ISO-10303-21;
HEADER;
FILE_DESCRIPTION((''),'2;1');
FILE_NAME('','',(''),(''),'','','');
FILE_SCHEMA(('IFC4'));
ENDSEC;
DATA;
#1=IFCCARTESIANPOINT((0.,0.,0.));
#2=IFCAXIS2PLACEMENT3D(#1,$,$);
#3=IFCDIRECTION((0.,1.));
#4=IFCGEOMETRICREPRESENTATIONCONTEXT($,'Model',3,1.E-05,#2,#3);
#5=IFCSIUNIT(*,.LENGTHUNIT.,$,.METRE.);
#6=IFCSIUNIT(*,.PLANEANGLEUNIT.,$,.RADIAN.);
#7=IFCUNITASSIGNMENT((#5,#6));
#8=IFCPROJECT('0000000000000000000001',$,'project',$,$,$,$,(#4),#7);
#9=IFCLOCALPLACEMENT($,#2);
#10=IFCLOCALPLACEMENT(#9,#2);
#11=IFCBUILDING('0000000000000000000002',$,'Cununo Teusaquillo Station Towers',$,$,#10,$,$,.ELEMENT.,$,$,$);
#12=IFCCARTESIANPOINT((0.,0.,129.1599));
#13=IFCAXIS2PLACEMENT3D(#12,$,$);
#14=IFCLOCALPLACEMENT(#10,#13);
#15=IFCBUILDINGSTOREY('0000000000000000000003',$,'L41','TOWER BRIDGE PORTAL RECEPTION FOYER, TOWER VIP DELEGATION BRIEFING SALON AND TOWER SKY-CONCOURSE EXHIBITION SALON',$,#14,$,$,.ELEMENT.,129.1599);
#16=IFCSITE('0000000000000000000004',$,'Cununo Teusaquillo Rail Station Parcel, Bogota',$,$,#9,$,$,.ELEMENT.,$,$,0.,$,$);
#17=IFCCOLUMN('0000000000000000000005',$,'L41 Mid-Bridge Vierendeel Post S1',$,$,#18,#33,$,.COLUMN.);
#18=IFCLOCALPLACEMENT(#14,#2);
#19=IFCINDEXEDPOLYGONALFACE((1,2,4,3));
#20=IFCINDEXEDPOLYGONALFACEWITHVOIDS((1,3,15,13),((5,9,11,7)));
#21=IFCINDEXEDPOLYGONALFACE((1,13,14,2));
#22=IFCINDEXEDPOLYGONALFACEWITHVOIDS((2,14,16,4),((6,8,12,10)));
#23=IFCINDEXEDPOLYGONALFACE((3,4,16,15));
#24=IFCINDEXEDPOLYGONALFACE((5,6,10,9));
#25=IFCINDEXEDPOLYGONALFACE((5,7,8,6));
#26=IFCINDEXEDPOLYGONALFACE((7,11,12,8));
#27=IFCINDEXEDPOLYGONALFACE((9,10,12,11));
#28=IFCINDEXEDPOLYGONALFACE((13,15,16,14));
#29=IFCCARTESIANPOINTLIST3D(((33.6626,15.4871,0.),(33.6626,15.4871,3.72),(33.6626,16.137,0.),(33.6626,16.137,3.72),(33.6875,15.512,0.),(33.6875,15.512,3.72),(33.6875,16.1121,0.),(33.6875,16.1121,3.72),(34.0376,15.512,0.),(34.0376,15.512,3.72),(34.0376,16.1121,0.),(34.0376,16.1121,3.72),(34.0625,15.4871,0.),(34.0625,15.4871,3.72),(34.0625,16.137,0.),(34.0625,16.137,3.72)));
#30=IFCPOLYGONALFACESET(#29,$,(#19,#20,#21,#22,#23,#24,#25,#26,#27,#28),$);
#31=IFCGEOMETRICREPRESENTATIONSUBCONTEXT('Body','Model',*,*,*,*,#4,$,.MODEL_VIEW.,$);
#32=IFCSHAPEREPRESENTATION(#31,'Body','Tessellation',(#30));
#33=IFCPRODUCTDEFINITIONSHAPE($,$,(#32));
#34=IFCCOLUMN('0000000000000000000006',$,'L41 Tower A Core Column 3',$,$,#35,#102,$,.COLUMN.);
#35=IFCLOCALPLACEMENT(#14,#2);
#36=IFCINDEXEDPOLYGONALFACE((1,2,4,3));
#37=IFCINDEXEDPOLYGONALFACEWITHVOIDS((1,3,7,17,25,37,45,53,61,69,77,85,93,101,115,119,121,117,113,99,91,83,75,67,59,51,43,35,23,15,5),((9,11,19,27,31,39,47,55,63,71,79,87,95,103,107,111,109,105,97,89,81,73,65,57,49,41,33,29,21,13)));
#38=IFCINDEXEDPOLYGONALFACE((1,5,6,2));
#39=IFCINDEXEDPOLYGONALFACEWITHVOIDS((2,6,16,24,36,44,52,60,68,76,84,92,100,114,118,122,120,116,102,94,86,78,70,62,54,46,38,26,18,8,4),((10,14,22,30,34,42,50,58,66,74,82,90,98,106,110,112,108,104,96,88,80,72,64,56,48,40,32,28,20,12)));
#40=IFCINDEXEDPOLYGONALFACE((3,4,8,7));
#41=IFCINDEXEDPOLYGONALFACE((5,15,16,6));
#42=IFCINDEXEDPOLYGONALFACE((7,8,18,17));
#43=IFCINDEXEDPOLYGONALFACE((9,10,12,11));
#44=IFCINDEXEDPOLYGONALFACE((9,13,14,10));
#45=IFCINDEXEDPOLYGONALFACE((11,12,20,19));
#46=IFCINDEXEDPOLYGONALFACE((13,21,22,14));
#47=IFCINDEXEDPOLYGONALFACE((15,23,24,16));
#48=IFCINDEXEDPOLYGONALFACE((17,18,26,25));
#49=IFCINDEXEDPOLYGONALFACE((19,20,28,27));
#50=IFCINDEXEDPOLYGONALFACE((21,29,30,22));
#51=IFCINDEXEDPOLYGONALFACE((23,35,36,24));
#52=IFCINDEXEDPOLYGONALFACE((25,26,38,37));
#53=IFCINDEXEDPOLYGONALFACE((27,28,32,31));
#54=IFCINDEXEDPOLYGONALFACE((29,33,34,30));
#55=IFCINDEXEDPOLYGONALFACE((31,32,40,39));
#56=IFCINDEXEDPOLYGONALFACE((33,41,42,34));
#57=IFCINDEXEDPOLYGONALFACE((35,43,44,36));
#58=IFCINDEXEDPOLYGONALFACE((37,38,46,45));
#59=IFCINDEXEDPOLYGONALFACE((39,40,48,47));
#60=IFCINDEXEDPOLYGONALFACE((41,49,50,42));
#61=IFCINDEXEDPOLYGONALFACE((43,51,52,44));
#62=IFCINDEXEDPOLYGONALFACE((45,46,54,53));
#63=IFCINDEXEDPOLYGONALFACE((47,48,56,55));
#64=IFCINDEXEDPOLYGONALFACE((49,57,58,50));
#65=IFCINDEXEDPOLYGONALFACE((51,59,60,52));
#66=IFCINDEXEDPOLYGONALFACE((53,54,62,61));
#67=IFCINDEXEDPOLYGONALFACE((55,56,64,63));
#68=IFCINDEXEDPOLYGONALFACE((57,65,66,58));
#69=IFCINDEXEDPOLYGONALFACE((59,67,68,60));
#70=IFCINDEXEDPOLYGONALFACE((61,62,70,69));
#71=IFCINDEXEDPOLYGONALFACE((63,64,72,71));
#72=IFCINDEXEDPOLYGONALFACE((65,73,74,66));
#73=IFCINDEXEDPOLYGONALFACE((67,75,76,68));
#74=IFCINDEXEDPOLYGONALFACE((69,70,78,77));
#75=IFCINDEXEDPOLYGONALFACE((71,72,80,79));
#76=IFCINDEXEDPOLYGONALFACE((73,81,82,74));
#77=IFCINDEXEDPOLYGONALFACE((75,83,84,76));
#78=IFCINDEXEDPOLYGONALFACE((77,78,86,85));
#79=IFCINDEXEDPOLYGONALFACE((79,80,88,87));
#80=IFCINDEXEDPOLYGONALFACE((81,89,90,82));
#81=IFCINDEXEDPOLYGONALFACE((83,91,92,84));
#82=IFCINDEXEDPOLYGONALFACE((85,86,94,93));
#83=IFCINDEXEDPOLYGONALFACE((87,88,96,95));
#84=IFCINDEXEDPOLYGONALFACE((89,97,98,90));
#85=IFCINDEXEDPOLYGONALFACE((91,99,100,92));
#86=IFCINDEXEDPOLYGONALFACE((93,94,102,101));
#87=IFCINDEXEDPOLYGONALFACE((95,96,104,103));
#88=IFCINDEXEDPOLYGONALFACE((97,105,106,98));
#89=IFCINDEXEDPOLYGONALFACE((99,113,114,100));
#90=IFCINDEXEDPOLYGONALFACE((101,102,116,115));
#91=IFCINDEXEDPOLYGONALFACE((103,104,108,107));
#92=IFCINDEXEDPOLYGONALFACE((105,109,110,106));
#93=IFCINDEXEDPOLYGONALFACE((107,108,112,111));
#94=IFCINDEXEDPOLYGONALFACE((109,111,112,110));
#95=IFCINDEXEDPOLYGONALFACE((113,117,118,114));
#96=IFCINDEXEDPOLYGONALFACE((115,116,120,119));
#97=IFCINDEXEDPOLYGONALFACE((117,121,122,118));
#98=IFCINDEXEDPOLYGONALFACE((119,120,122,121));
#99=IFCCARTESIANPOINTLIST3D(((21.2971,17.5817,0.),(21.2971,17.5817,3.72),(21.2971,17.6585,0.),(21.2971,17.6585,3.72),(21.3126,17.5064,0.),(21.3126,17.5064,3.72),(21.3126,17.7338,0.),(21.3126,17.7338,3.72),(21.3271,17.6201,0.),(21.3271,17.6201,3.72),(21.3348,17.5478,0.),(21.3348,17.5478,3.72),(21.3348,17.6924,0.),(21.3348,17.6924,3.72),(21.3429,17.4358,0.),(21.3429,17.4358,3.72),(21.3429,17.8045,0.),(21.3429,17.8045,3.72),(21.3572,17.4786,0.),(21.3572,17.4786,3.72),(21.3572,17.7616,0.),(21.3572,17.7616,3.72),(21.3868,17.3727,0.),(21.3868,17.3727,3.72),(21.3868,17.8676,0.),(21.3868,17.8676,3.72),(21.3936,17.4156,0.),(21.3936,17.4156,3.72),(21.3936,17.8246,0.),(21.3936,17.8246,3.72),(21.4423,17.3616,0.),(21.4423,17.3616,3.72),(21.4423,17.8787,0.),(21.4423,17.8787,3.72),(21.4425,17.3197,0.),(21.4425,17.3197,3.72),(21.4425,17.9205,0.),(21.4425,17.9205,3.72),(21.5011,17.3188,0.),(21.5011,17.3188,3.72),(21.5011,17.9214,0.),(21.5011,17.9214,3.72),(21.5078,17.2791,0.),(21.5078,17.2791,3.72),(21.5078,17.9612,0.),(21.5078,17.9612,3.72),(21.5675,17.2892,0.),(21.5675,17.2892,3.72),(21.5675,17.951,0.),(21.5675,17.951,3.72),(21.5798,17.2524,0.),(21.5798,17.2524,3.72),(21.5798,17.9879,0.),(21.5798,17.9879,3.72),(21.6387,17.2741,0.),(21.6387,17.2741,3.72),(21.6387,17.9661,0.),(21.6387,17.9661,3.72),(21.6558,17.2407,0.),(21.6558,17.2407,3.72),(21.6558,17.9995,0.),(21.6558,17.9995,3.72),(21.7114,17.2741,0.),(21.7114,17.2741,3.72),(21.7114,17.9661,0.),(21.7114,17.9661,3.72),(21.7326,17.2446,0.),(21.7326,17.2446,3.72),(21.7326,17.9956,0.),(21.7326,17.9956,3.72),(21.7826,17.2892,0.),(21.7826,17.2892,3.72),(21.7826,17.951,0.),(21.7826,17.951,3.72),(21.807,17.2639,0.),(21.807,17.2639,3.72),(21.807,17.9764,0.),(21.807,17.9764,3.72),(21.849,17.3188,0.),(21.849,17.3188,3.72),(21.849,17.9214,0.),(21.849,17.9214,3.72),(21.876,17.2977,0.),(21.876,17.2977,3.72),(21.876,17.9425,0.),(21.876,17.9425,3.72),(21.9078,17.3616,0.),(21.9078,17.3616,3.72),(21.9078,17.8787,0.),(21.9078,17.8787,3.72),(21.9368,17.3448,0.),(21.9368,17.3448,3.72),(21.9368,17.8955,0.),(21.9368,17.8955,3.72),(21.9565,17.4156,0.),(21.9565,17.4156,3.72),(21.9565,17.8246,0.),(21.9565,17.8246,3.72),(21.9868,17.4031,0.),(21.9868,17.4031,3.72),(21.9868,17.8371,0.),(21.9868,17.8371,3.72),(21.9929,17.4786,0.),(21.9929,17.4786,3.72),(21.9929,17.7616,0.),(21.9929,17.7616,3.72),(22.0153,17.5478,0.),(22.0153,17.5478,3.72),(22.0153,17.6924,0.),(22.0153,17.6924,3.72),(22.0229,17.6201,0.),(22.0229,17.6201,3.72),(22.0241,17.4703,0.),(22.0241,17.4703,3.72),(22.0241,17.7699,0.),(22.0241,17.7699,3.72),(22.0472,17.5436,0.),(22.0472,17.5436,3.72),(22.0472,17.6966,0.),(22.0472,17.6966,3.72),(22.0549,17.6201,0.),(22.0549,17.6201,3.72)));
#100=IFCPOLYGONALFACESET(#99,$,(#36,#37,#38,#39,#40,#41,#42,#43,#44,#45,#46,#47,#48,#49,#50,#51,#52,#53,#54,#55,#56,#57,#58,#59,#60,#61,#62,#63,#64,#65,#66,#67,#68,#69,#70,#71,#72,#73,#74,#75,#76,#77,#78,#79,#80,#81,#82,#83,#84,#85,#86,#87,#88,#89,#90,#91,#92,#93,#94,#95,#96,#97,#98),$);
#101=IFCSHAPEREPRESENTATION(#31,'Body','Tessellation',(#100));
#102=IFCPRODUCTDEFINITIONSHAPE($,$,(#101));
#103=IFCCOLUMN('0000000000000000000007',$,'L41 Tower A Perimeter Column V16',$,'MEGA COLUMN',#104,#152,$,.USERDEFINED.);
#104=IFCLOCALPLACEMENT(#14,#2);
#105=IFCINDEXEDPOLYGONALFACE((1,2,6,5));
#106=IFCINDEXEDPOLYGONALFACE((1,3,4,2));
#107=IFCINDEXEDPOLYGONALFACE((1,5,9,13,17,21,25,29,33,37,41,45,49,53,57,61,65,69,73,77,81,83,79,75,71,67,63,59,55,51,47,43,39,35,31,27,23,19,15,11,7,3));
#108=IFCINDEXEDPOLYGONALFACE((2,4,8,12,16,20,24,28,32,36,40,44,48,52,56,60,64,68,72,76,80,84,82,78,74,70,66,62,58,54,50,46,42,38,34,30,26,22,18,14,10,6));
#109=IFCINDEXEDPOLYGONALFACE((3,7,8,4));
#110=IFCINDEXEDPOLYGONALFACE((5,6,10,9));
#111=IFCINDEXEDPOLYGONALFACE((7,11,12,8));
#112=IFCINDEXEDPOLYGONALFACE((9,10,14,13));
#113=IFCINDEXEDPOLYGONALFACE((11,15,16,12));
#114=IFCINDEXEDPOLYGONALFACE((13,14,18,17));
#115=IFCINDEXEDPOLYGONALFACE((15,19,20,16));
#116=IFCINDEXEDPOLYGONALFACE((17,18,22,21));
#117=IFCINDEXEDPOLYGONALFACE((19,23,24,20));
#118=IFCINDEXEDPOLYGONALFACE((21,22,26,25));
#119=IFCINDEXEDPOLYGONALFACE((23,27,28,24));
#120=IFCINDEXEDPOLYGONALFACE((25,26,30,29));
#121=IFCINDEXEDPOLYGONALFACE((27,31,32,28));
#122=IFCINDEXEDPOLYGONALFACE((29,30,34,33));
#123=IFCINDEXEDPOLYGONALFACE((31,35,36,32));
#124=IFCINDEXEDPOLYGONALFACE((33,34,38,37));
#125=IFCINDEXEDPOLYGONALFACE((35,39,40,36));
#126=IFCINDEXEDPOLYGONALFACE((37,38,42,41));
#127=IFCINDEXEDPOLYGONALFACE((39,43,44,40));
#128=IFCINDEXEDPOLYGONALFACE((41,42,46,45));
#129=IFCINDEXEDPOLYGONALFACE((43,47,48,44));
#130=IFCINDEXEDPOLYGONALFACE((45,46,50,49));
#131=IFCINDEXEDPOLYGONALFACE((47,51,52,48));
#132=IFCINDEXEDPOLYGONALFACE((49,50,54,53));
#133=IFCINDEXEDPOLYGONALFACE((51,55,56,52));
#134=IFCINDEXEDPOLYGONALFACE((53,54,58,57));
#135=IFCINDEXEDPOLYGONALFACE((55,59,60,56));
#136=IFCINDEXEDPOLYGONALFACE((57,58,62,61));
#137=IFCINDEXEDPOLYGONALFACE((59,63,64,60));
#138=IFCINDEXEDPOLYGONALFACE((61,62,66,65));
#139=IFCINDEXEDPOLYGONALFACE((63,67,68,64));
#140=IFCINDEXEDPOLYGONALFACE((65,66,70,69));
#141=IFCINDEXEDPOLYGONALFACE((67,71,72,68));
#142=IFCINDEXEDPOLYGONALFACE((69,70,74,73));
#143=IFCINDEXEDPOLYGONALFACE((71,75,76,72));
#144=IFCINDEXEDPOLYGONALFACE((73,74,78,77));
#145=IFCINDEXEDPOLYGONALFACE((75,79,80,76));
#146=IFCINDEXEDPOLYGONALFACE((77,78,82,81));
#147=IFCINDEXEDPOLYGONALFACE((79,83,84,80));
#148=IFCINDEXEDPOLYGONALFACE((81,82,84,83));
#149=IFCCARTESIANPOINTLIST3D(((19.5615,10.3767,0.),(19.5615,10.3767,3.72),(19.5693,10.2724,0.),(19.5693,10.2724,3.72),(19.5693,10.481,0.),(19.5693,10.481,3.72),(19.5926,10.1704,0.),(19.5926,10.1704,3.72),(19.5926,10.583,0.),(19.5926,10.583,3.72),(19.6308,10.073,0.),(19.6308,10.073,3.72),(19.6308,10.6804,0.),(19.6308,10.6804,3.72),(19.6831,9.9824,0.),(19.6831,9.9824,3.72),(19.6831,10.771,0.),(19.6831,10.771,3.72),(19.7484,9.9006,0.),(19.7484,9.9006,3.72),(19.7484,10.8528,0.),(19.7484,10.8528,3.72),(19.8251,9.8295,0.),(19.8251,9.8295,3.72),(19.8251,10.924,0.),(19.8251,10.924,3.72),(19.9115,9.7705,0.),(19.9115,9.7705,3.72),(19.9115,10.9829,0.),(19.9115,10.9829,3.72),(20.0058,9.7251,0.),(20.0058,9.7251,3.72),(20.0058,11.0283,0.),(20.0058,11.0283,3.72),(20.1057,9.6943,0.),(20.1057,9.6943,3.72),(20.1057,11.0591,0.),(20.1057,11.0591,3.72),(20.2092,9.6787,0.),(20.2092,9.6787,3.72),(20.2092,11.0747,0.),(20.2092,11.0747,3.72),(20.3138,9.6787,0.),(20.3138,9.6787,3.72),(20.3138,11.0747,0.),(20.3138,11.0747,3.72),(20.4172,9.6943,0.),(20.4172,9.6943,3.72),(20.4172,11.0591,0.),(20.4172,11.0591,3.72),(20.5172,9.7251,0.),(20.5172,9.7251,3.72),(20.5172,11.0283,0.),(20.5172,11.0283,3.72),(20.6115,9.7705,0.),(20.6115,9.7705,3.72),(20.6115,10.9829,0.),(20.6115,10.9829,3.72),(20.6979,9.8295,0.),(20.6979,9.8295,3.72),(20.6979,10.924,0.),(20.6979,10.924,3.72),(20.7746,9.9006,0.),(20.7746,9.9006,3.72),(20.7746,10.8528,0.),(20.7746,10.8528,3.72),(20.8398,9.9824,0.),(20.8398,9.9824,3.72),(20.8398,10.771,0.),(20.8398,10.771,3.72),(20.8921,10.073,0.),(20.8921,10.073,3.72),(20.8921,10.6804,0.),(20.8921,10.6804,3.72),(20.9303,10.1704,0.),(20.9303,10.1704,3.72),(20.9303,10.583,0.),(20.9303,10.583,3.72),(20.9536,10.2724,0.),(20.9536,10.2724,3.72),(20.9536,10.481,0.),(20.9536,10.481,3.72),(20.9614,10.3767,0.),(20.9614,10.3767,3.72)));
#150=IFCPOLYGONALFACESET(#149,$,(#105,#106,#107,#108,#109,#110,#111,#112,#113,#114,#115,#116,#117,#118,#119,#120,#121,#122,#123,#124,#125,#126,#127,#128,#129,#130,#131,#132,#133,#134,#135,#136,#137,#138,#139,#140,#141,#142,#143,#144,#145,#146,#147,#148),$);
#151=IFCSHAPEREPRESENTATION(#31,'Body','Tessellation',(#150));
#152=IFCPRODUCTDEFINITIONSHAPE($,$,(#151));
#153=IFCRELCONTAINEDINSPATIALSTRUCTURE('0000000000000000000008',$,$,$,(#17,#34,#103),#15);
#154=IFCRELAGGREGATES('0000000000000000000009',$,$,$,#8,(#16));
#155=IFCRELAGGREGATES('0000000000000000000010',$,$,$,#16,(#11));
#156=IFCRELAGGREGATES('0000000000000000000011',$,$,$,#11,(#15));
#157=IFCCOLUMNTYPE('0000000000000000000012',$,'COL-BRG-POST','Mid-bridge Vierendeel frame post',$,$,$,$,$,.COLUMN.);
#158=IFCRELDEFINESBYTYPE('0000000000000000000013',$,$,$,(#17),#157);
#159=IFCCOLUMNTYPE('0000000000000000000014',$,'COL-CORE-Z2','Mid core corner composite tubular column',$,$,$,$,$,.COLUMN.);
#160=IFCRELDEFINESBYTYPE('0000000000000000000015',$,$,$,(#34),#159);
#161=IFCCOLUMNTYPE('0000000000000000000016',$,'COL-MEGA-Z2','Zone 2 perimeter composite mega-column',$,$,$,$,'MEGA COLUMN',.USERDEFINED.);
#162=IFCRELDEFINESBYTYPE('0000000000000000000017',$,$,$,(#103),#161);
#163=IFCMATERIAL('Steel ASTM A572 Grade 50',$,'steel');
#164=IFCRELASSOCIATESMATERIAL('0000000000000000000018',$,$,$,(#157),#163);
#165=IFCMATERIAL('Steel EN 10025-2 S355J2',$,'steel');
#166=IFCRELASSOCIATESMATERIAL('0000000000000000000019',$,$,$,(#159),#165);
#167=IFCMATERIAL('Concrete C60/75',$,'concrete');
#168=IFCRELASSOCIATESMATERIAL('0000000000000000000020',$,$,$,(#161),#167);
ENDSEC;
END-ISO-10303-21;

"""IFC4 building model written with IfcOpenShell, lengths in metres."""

from ifc_helpers import new_model, si_unit, direction, frame, origin, origin_2d, place, context, subcontext, project, spatial, hollow_rectangle, circle, hollow_circle, extrude, material, material_profile, profile_set, type_object, element, save


model = new_model("IFC4")

# Units and contexts
model_context = context("Model", 3, precision=1e-05, world=origin(), true_north=direction((0.0, 1.0)))
body_context = subcontext(model_context, "Body", "Model", "MODEL_VIEW")
ifc_project = project(units=[si_unit("LENGTHUNIT", "METRE"), si_unit("PLANEANGLEUNIT", "RADIAN")], contexts=[model_context])

# Site, building, storey
site_placement = place(None, origin())
site = spatial("IfcSite", under=ifc_project, at=site_placement, Name="Cununo Teusaquillo Rail Station Parcel, Bogota", CompositionType="ELEMENT", RefElevation=0.0)
building_placement = place(site_placement, origin())
building = spatial("IfcBuilding", under=site, at=building_placement, Name="Cununo Teusaquillo Station Towers", CompositionType="ELEMENT")
storey_placement = place(building_placement, frame((0.0, 0.0, 129.1599)))
storey = spatial("IfcBuildingStorey", under=building, at=storey_placement, Name="L41", Description="TOWER BRIDGE PORTAL RECEPTION FOYER, TOWER VIP DELEGATION BRIEFING SALON AND TOWER SKY-CONCOURSE EXHIBITION SALON", CompositionType="ELEMENT", Elevation=129.1599)

# Columns
ifc_material_1 = material(Name="Steel ASTM A572 Grade 50", Category="steel")
ifc_material_profile_1 = material_profile(ifc_material_1, hollow_rectangle(XDim=0.3999, YDim=0.6499, WallThickness=0.0249, at=origin_2d()), Name="RHS 650x400x25")
ifc_profile_set_1 = profile_set([ifc_material_profile_1], Name="Steel ASTM A572 Grade 50")
column_type_1 = type_object("IfcColumnType", Name="COL-BRG-POST", Description="Mid-bridge Vierendeel frame post", PredefinedType="COLUMN", material=ifc_profile_set_1)
column_1_placement = place(storey_placement, frame((33.8625, 15.812, 0.0), z_axis=(0.0, 0.0, 1.0), x_axis=(1.0, 0.0, 0.0)))
element("IfcColumn", 1, at=column_1_placement, inside=storey, type_object=column_type_1, Name="L41 Mid-Bridge Vierendeel Post S1", PredefinedType="COLUMN", context=body_context, shape_type="SweptSolid", body=[
    extrude(hollow_rectangle(XDim=0.3999, YDim=0.6499, WallThickness=0.0249, at=origin_2d()), origin(), (0.0, 0.0, 1.0), 3.72),
])
ifc_material_2 = material(Name="Steel EN 10025-2 S355J2", Category="steel")
ifc_material_profile_2 = material_profile(ifc_material_2, hollow_circle(Radius=0.3799, WallThickness=0.032, at=origin_2d()), Name="CHS 760x32")
ifc_profile_set_2 = profile_set([ifc_material_profile_2], Name="Steel EN 10025-2 S355J2")
column_type_2 = type_object("IfcColumnType", Name="COL-CORE-Z2", Description="Mid core corner composite tubular column", PredefinedType="COLUMN", material=ifc_profile_set_2)
column_2_placement = place(storey_placement, frame((21.675, 17.6201, 0.0), z_axis=(0.0, 0.0, 1.0), x_axis=(1.0, 0.0, 0.0)))
element("IfcColumn", 2, at=column_2_placement, inside=storey, type_object=column_type_2, Name="L41 Tower A Core Column 3", PredefinedType="COLUMN", context=body_context, shape_type="SweptSolid", body=[
    extrude(hollow_circle(Radius=0.3799, WallThickness=0.032, at=origin_2d()), origin(), (0.0, 0.0, 1.0), 3.72),
])
ifc_material_3 = material(Name="Concrete C60/75", Category="concrete")
ifc_material_profile_3 = material_profile(ifc_material_3, circle(Radius=0.7, at=origin_2d()), Name="RC-CIRC-1400")
ifc_profile_set_3 = profile_set([ifc_material_profile_3], Name="Concrete C60/75")
column_type_3 = type_object("IfcColumnType", Name="COL-MEGA-Z2", Description="Zone 2 perimeter composite mega-column", ElementType="MEGA COLUMN", PredefinedType="USERDEFINED", material=ifc_profile_set_3)
for number, where, z_axis, x_axis, name in (
    (3, (20.2615, 10.3767, 0.0), (0.0, 0.0, 1.0), (1.0, 0.0, 0.0), "L41 Tower A Perimeter Column V16"),
):
    element("IfcColumn", number, at=place(storey_placement, frame(where, z_axis=z_axis, x_axis=x_axis)), inside=storey, type_object=column_type_3, Name=name, ObjectType="MEGA COLUMN", PredefinedType="USERDEFINED", context=body_context, shape_type="SweptSolid", body=[
        extrude(circle(Radius=0.7, at=origin_2d()), origin(), (0.0, 0.0, 1.0), 3.72),
    ])

save(model, "model.ifc")
